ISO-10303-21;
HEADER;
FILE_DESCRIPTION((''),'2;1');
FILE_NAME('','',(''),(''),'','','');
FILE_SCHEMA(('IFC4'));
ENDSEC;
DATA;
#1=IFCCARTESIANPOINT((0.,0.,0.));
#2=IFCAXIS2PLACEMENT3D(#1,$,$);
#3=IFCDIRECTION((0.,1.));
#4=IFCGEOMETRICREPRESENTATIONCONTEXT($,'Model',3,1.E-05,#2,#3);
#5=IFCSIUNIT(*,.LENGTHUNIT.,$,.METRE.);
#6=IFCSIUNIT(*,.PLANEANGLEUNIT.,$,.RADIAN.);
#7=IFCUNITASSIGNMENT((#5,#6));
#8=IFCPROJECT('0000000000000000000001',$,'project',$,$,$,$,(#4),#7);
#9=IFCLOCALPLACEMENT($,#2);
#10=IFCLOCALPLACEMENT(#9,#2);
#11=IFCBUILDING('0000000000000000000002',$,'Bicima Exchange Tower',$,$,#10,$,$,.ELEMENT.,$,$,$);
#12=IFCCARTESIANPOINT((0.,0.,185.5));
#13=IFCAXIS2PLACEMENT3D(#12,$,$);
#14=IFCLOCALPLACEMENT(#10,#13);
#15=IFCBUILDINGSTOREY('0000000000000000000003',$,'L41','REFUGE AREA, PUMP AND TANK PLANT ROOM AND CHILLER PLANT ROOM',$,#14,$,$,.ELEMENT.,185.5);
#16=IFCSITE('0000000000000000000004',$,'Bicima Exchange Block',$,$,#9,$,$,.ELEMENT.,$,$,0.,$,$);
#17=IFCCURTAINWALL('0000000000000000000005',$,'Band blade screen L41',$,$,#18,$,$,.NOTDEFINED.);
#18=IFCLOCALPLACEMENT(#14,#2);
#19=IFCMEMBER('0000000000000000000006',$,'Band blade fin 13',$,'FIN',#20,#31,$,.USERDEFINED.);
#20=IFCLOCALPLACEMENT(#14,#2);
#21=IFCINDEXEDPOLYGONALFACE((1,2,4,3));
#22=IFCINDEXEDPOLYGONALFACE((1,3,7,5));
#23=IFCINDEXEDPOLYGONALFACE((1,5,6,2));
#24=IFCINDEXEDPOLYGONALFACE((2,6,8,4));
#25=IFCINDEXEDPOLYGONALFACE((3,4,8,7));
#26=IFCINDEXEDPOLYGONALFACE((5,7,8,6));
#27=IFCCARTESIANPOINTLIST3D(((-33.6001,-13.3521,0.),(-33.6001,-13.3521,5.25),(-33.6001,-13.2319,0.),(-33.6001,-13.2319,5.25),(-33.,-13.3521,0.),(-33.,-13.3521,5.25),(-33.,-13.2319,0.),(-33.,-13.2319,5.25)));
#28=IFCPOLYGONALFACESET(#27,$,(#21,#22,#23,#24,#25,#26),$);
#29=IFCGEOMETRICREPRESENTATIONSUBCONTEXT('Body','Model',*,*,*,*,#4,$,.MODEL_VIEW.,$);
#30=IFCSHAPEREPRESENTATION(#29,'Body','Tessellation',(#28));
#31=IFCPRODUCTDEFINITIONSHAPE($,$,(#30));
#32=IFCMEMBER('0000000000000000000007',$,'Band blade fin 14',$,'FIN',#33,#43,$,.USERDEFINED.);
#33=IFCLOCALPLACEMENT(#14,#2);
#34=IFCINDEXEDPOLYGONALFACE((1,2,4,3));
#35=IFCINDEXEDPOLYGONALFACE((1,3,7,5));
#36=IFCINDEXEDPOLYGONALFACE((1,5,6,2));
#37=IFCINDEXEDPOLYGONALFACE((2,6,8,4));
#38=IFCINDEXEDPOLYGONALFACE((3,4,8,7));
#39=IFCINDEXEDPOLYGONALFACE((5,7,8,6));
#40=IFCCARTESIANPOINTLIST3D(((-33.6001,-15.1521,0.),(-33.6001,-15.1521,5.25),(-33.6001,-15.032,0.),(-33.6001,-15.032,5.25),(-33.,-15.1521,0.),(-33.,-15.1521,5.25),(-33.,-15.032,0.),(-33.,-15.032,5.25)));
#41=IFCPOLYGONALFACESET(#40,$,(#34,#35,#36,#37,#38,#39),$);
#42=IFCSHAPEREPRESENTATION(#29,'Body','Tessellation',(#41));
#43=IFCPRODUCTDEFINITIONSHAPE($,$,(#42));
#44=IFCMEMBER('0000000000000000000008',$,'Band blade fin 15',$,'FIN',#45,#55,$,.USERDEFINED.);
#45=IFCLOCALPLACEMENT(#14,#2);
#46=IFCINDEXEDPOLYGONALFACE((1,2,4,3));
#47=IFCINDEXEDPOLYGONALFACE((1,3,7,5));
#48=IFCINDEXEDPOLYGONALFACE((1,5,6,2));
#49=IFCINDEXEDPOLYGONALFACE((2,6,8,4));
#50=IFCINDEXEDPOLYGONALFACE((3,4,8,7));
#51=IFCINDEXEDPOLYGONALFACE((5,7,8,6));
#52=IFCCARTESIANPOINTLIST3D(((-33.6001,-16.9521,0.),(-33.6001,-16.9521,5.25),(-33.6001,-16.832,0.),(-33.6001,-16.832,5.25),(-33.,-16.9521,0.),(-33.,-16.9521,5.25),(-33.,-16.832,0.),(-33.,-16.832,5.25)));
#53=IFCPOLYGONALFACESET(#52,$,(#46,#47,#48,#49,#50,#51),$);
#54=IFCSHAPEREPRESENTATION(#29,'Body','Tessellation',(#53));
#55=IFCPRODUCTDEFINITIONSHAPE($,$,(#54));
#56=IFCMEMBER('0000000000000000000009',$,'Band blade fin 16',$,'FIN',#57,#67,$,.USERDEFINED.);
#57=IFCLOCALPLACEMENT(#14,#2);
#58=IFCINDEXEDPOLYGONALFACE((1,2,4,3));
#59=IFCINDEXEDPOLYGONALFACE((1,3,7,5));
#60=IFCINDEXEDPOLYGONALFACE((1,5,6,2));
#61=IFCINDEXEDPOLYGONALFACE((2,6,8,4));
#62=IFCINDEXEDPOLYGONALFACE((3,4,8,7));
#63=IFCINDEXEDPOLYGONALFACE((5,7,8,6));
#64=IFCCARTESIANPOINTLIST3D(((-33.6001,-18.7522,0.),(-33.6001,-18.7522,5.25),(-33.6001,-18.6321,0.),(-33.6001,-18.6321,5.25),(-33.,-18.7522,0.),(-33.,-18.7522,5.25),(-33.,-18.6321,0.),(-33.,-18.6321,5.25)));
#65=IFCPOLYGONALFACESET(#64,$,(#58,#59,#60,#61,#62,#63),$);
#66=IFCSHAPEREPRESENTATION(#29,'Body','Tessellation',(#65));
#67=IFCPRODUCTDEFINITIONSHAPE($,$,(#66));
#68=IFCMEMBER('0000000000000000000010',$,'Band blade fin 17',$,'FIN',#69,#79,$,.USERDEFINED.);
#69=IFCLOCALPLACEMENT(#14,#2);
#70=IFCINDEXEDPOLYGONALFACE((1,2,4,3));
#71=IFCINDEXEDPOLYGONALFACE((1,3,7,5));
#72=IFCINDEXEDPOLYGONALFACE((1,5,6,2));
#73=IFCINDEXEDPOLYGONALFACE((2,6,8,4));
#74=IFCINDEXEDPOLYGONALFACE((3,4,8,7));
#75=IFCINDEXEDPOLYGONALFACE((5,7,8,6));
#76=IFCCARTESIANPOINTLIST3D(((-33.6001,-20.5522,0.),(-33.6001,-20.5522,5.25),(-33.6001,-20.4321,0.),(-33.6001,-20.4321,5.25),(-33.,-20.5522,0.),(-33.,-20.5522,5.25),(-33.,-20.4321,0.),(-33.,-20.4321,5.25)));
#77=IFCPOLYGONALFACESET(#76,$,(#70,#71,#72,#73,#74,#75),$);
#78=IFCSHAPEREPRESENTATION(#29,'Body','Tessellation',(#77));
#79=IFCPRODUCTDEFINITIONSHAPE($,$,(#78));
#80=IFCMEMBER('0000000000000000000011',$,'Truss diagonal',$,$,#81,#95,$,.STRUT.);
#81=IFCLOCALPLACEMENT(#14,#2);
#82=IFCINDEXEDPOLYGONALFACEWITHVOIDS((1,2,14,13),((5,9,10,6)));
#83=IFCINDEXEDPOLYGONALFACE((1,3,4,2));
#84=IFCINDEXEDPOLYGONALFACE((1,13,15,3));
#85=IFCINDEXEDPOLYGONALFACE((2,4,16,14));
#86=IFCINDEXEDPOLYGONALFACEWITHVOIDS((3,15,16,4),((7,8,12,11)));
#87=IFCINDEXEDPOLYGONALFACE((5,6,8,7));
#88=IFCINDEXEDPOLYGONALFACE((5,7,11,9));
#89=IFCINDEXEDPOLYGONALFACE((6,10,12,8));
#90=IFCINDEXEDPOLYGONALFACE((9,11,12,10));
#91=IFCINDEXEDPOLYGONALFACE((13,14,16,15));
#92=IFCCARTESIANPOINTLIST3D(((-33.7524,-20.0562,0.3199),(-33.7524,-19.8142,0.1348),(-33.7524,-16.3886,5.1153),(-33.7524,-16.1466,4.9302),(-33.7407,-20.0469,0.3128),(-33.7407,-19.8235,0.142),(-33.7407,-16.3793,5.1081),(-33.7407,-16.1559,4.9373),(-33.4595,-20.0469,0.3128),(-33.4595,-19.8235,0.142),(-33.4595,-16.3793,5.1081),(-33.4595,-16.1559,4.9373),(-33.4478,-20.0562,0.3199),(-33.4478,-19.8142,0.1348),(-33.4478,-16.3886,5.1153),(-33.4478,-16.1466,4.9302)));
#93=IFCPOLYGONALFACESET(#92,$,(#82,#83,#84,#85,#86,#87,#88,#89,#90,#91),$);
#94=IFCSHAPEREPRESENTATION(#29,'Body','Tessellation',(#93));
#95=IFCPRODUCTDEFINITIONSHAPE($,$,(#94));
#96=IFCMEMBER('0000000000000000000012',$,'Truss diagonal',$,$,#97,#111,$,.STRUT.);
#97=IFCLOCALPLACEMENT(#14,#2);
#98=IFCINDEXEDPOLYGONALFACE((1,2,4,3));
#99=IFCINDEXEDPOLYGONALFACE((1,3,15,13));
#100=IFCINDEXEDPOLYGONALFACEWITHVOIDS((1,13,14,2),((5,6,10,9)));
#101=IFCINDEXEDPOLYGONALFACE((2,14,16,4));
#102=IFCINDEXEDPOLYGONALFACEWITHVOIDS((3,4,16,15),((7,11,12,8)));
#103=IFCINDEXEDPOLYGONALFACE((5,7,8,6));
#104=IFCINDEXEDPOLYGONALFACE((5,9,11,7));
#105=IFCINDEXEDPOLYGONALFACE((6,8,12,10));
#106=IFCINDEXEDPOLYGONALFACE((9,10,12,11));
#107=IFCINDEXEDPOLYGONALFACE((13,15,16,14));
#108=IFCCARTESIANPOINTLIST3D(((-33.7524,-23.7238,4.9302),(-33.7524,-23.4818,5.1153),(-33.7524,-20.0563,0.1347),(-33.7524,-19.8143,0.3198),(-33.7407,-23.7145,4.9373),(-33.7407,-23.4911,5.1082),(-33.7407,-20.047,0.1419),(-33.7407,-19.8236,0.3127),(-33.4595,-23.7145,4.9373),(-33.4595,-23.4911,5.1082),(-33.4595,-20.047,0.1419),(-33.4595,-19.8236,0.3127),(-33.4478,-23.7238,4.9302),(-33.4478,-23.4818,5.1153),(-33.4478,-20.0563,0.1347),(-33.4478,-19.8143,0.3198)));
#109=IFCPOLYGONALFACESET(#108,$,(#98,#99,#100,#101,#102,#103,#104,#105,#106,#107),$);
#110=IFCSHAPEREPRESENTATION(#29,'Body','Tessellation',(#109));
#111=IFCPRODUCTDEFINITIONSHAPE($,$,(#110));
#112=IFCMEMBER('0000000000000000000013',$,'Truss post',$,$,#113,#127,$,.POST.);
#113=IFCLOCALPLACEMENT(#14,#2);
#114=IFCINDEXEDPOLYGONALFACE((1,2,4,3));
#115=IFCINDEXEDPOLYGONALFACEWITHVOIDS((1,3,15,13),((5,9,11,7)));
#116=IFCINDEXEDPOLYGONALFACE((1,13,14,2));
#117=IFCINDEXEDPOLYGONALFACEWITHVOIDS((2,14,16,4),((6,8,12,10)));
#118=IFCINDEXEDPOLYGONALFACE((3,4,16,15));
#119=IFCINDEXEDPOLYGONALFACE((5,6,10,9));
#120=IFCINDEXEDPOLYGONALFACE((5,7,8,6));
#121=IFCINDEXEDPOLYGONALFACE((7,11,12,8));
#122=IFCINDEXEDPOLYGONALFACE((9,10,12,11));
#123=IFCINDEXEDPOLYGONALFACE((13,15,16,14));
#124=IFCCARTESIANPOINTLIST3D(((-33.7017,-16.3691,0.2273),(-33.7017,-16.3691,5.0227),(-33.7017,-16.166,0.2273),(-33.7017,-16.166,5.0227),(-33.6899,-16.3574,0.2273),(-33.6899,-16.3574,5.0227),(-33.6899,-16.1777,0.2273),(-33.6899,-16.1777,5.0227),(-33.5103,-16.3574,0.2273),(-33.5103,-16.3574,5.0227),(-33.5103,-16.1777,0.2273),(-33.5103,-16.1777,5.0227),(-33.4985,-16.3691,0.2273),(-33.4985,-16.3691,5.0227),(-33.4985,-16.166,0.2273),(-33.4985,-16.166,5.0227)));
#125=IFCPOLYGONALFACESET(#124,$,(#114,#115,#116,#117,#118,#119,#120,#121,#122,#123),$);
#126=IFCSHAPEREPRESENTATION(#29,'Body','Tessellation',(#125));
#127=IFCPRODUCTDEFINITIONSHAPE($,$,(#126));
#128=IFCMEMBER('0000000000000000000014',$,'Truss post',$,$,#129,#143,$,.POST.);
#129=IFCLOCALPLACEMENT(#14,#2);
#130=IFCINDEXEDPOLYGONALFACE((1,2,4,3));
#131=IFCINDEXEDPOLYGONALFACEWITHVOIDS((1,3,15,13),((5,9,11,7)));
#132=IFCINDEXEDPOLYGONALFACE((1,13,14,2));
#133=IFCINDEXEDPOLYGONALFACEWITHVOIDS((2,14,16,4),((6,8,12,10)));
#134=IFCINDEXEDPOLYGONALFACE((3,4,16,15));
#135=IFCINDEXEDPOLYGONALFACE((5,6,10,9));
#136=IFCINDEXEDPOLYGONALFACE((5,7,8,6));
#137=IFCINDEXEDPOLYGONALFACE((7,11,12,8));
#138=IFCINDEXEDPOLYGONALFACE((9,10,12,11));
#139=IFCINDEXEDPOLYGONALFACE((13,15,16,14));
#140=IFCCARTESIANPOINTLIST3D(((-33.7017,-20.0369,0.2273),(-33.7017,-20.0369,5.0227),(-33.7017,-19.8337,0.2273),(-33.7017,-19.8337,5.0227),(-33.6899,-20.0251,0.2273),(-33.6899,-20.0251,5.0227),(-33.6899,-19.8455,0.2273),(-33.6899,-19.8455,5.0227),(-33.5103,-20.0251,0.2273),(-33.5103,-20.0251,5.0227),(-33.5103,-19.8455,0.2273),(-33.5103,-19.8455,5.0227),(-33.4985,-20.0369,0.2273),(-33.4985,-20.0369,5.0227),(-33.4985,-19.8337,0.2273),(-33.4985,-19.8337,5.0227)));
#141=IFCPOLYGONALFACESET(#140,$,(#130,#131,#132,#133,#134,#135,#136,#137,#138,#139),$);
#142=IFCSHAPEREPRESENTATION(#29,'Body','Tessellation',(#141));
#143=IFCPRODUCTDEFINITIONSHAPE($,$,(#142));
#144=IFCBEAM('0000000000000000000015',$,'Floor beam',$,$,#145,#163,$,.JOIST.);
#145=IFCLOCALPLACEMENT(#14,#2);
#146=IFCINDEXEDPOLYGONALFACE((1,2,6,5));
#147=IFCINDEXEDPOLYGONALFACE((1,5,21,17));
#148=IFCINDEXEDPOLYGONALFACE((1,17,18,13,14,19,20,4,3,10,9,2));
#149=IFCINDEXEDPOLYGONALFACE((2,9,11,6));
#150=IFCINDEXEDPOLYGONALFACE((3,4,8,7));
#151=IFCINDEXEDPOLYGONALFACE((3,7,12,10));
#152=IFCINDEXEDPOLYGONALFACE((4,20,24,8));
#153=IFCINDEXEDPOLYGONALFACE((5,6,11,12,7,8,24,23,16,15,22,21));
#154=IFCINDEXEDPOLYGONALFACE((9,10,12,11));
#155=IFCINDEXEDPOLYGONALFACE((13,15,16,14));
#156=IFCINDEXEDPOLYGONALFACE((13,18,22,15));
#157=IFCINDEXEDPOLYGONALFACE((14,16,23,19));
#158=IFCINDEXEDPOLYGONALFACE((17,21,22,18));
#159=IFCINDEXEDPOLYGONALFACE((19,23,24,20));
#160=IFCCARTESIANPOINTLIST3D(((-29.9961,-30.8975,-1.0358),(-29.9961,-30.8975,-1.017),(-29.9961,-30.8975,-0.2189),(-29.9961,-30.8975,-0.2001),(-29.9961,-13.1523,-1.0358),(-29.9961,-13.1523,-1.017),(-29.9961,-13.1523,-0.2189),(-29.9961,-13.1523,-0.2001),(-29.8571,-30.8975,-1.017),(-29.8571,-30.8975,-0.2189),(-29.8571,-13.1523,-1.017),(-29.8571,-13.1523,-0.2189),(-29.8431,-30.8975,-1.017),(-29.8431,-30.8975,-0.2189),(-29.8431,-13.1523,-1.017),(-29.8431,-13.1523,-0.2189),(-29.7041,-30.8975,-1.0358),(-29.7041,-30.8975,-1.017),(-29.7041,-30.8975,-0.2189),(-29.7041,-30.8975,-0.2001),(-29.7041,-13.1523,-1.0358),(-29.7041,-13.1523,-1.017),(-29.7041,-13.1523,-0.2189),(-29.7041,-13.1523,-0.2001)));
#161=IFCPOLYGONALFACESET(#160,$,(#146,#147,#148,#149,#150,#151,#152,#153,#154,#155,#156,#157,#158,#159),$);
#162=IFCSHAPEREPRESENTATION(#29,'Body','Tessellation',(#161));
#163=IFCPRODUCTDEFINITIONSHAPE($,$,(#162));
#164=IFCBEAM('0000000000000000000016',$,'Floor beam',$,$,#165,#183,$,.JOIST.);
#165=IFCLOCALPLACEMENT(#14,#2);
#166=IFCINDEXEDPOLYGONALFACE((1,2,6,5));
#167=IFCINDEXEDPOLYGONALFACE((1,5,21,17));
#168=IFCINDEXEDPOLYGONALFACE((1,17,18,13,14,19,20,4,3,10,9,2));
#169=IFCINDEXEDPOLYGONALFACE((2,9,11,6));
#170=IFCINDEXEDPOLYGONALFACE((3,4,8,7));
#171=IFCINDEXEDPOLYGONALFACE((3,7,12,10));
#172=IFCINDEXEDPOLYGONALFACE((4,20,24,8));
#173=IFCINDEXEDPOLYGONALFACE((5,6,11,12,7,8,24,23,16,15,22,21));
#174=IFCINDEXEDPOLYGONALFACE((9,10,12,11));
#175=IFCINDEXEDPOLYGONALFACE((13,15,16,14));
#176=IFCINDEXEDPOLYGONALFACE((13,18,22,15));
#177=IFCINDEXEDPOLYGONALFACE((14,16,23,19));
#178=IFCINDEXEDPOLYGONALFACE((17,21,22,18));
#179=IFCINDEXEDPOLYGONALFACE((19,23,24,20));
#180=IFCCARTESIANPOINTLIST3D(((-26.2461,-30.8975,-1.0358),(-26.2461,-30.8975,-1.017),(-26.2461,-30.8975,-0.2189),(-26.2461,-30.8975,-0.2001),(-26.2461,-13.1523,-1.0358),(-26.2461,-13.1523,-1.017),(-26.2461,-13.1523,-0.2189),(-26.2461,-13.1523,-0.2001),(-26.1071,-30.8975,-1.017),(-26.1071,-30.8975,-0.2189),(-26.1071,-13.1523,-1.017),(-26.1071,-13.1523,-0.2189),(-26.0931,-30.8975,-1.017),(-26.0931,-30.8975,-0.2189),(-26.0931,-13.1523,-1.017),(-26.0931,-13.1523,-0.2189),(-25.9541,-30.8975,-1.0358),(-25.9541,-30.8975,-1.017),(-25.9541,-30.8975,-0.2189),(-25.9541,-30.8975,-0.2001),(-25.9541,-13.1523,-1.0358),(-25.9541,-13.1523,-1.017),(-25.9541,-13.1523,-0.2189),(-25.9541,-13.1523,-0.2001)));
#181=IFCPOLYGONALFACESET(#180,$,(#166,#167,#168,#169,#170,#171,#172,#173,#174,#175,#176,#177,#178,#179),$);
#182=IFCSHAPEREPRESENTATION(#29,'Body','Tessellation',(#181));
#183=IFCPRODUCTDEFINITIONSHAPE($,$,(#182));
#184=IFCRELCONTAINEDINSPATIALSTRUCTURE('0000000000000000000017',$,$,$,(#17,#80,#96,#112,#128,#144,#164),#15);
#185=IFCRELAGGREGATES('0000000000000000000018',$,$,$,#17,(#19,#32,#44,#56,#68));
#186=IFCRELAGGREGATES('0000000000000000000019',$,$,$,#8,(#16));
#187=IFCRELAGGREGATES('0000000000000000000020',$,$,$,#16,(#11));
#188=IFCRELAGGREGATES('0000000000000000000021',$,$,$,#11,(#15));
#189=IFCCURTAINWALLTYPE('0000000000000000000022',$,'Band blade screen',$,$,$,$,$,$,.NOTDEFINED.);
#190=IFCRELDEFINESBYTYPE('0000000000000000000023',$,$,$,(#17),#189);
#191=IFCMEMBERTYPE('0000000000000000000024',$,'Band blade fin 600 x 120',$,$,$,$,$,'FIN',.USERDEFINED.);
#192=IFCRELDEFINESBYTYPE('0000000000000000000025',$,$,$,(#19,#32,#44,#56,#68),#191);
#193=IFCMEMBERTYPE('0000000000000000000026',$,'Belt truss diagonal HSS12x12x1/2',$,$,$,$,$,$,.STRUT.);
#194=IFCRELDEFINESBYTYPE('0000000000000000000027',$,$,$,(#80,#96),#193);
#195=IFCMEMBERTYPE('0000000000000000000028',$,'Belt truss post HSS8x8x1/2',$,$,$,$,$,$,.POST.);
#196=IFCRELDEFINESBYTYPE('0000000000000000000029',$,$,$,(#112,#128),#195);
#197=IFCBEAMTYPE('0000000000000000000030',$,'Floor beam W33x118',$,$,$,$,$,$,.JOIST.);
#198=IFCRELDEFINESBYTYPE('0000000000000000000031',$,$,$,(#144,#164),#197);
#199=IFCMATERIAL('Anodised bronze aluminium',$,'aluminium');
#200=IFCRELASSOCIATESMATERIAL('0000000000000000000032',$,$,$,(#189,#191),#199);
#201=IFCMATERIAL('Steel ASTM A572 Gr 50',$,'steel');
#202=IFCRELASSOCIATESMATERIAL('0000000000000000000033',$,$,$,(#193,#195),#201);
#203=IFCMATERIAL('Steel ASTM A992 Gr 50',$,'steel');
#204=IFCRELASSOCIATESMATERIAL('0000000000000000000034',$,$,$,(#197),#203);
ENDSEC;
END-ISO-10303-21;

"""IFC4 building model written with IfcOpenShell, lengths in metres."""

from ifc_helpers import new_model, si_unit, direction, frame, origin, origin_2d, place, context, subcontext, project, spatial, rectangle, hollow_rectangle, i_section, extrude, material, material_profile, profile_set, type_object, element, aggregate, save


model = new_model("IFC4")

# Units and contexts
model_context = context("Model", 3, precision=1e-05, world=origin(), true_north=direction((0.0, 1.0)))
body_context = subcontext(model_context, "Body", "Model", "MODEL_VIEW")
ifc_project = project(units=[si_unit("LENGTHUNIT", "METRE"), si_unit("PLANEANGLEUNIT", "RADIAN")], contexts=[model_context])

# Site, building, storey
site_placement = place(None, origin())
site = spatial("IfcSite", under=ifc_project, at=site_placement, Name="Bicima Exchange Block", CompositionType="ELEMENT", RefElevation=0.0)
building_placement = place(site_placement, origin())
building = spatial("IfcBuilding", under=site, at=building_placement, Name="Bicima Exchange Tower", CompositionType="ELEMENT")
storey_placement = place(building_placement, frame((0.0, 0.0, 185.5)))
storey = spatial("IfcBuildingStorey", under=building, at=storey_placement, Name="L41", Description="REFUGE AREA, PUMP AND TANK PLANT ROOM AND CHILLER PLANT ROOM", CompositionType="ELEMENT", Elevation=185.5)

# Curtain wall, members
ifc_material_1 = material(Name="Anodised bronze aluminium", Category="aluminium")
curtain_wall_type = type_object("IfcCurtainWallType", Name="Band blade screen", PredefinedType="NOTDEFINED", material=ifc_material_1)
curtain_wall_placement = place(storey_placement, origin())
curtain_wall = element("IfcCurtainWall", 1, at=curtain_wall_placement, inside=storey, type_object=curtain_wall_type, Name="Band blade screen L41", PredefinedType="NOTDEFINED")
ifc_material_profile_1 = material_profile(ifc_material_1, rectangle(XDim=0.6001, YDim=0.1201, at=origin_2d()))
ifc_profile_set_1 = profile_set([ifc_material_profile_1], Name="Anodised bronze aluminium")
member_type_1 = type_object("IfcMemberType", Name="Band blade fin 600 x 120", ElementType="FIN", PredefinedType="USERDEFINED", material=ifc_profile_set_1)
member_1_placement = place(storey_placement, frame((-33.3, -13.292, 0.0), z_axis=(0.0, 0.0, 1.0), x_axis=(1.0, 0.0, 0.0)))
member_1 = element("IfcMember", 2, at=member_1_placement, type_object=member_type_1, Name="Band blade fin 13", ObjectType="FIN", PredefinedType="USERDEFINED", context=body_context, shape_type="SweptSolid", body=[
    extrude(rectangle(XDim=0.6001, YDim=0.1201, at=origin_2d()), origin(), (0.0, 0.0, 1.0), 5.25),
])
member_2_placement = place(storey_placement, frame((-33.3, -15.092, 0.0), z_axis=(0.0, 0.0, 1.0), x_axis=(1.0, 0.0, 0.0)))
member_2 = element("IfcMember", 3, at=member_2_placement, type_object=member_type_1, Name="Band blade fin 14", ObjectType="FIN", PredefinedType="USERDEFINED", context=body_context, shape_type="SweptSolid", body=[
    extrude(rectangle(XDim=0.6001, YDim=0.1201, at=origin_2d()), origin(), (0.0, 0.0, 1.0), 5.25),
])
member_3_placement = place(storey_placement, frame((-33.3, -16.8921, 0.0), z_axis=(0.0, 0.0, 1.0), x_axis=(1.0, 0.0, 0.0)))
member_3 = element("IfcMember", 4, at=member_3_placement, type_object=member_type_1, Name="Band blade fin 15", ObjectType="FIN", PredefinedType="USERDEFINED", context=body_context, shape_type="SweptSolid", body=[
    extrude(rectangle(XDim=0.6001, YDim=0.1201, at=origin_2d()), origin(), (0.0, 0.0, 1.0), 5.25),
])
member_4_placement = place(storey_placement, frame((-33.3, -18.6921, 0.0), z_axis=(0.0, 0.0, 1.0), x_axis=(1.0, 0.0, 0.0)))
member_4 = element("IfcMember", 5, at=member_4_placement, type_object=member_type_1, Name="Band blade fin 16", ObjectType="FIN", PredefinedType="USERDEFINED", context=body_context, shape_type="SweptSolid", body=[
    extrude(rectangle(XDim=0.6001, YDim=0.1201, at=origin_2d()), origin(), (0.0, 0.0, 1.0), 5.25),
])
member_5_placement = place(storey_placement, frame((-33.3, -20.4922, 0.0), z_axis=(0.0, 0.0, 1.0), x_axis=(1.0, 0.0, 0.0)))
member_5 = element("IfcMember", 6, at=member_5_placement, type_object=member_type_1, Name="Band blade fin 17", ObjectType="FIN", PredefinedType="USERDEFINED", context=body_context, shape_type="SweptSolid", body=[
    extrude(rectangle(XDim=0.6001, YDim=0.1201, at=origin_2d()), origin(), (0.0, 0.0, 1.0), 5.25),
])
aggregate(curtain_wall, [member_1, member_2, member_3, member_4, member_5])

# Members
ifc_material_2 = material(Name="Steel ASTM A572 Gr 50", Category="steel")
ifc_material_profile_2 = material_profile(ifc_material_2, hollow_rectangle(XDim=0.3047, YDim=0.3047, WallThickness=0.0117, at=origin_2d()))
ifc_profile_set_2 = profile_set([ifc_material_profile_2], Name="Steel ASTM A572 Gr 50")
member_type_2 = type_object("IfcMemberType", Name="Belt truss diagonal HSS12x12x1/2", PredefinedType="STRUT", material=ifc_profile_set_2)
for number, where, z_axis, x_axis, name in (
    (7, (-33.6001, -16.2676, 5.0227), (0.0, -0.607518, -0.794306), (1.0, 0.0, 0.0), "Truss diagonal"),
    (8, (-33.6001, -19.9353, 0.2273), (0.0, -0.607492, 0.794326), (1.0, 0.0, 0.0), "Truss diagonal"),
):
    element("IfcMember", number, at=place(storey_placement, frame(where, z_axis=z_axis, x_axis=x_axis)), inside=storey, type_object=member_type_2, Name=name, PredefinedType="STRUT", context=body_context, shape_type="SweptSolid", body=[
        extrude(hollow_rectangle(XDim=0.3047, YDim=0.3047, WallThickness=0.0117, at=origin_2d()), origin(), (0.0, 0.0, 1.0), 6.0371),
    ])
ifc_material_profile_3 = material_profile(ifc_material_2, hollow_rectangle(XDim=0.2031, YDim=0.2031, WallThickness=0.0117, at=origin_2d()))
ifc_profile_set_3 = profile_set([ifc_material_profile_3], Name="Steel ASTM A572 Gr 50")
member_type_3 = type_object("IfcMemberType", Name="Belt truss post HSS8x8x1/2", PredefinedType="POST", material=ifc_profile_set_3)
for number, where, z_axis, x_axis, name in (
    (9, (-33.6001, -16.2676, 0.2273), (0.0, 0.0, 1.0), (1.0, 0.0, 0.0), "Truss post"),
    (10, (-33.6001, -19.9353, 0.2273), (0.0, 0.0, 1.0), (1.0, 0.0, 0.0), "Truss post"),
):
    element("IfcMember", number, at=place(storey_placement, frame(where, z_axis=z_axis, x_axis=x_axis)), inside=storey, type_object=member_type_3, Name=name, PredefinedType="POST", context=body_context, shape_type="SweptSolid", body=[
        extrude(hollow_rectangle(XDim=0.2031, YDim=0.2031, WallThickness=0.0117, at=origin_2d()), origin(), (0.0, 0.0, 1.0), 4.7954),
    ])

# Beams
ifc_material_3 = material(Name="Steel ASTM A992 Gr 50", Category="steel")
ifc_material_profile_4 = material_profile(ifc_material_3, i_section(OverallWidth=0.292, OverallDepth=0.8357, WebThickness=0.0139, FlangeThickness=0.0188, at=origin_2d()))
ifc_profile_set_4 = profile_set([ifc_material_profile_4], Name="Steel ASTM A992 Gr 50")
beam_type = type_object("IfcBeamType", Name="Floor beam W33x118", PredefinedType="JOIST", material=ifc_profile_set_4)
for number, where, z_axis, x_axis, name in (
    (11, (-29.8501, -13.1523, -0.6179), (0.0, -1.0, 0.0), (1.0, 0.0, 0.0), "Floor beam"),
    (12, (-26.1001, -13.1523, -0.6179), (0.0, -1.0, 0.0), (1.0, 0.0, 0.0), "Floor beam"),
):
    element("IfcBeam", number, at=place(storey_placement, frame(where, z_axis=z_axis, x_axis=x_axis)), inside=storey, type_object=beam_type, Name=name, PredefinedType="JOIST", context=body_context, shape_type="SweptSolid", body=[
        extrude(i_section(OverallWidth=0.292, OverallDepth=0.8357, WebThickness=0.0139, FlangeThickness=0.0188, at=origin_2d()), origin(), (0.0, 0.0, 1.0), 17.7451),
    ])

save(model, "model.ifc")
